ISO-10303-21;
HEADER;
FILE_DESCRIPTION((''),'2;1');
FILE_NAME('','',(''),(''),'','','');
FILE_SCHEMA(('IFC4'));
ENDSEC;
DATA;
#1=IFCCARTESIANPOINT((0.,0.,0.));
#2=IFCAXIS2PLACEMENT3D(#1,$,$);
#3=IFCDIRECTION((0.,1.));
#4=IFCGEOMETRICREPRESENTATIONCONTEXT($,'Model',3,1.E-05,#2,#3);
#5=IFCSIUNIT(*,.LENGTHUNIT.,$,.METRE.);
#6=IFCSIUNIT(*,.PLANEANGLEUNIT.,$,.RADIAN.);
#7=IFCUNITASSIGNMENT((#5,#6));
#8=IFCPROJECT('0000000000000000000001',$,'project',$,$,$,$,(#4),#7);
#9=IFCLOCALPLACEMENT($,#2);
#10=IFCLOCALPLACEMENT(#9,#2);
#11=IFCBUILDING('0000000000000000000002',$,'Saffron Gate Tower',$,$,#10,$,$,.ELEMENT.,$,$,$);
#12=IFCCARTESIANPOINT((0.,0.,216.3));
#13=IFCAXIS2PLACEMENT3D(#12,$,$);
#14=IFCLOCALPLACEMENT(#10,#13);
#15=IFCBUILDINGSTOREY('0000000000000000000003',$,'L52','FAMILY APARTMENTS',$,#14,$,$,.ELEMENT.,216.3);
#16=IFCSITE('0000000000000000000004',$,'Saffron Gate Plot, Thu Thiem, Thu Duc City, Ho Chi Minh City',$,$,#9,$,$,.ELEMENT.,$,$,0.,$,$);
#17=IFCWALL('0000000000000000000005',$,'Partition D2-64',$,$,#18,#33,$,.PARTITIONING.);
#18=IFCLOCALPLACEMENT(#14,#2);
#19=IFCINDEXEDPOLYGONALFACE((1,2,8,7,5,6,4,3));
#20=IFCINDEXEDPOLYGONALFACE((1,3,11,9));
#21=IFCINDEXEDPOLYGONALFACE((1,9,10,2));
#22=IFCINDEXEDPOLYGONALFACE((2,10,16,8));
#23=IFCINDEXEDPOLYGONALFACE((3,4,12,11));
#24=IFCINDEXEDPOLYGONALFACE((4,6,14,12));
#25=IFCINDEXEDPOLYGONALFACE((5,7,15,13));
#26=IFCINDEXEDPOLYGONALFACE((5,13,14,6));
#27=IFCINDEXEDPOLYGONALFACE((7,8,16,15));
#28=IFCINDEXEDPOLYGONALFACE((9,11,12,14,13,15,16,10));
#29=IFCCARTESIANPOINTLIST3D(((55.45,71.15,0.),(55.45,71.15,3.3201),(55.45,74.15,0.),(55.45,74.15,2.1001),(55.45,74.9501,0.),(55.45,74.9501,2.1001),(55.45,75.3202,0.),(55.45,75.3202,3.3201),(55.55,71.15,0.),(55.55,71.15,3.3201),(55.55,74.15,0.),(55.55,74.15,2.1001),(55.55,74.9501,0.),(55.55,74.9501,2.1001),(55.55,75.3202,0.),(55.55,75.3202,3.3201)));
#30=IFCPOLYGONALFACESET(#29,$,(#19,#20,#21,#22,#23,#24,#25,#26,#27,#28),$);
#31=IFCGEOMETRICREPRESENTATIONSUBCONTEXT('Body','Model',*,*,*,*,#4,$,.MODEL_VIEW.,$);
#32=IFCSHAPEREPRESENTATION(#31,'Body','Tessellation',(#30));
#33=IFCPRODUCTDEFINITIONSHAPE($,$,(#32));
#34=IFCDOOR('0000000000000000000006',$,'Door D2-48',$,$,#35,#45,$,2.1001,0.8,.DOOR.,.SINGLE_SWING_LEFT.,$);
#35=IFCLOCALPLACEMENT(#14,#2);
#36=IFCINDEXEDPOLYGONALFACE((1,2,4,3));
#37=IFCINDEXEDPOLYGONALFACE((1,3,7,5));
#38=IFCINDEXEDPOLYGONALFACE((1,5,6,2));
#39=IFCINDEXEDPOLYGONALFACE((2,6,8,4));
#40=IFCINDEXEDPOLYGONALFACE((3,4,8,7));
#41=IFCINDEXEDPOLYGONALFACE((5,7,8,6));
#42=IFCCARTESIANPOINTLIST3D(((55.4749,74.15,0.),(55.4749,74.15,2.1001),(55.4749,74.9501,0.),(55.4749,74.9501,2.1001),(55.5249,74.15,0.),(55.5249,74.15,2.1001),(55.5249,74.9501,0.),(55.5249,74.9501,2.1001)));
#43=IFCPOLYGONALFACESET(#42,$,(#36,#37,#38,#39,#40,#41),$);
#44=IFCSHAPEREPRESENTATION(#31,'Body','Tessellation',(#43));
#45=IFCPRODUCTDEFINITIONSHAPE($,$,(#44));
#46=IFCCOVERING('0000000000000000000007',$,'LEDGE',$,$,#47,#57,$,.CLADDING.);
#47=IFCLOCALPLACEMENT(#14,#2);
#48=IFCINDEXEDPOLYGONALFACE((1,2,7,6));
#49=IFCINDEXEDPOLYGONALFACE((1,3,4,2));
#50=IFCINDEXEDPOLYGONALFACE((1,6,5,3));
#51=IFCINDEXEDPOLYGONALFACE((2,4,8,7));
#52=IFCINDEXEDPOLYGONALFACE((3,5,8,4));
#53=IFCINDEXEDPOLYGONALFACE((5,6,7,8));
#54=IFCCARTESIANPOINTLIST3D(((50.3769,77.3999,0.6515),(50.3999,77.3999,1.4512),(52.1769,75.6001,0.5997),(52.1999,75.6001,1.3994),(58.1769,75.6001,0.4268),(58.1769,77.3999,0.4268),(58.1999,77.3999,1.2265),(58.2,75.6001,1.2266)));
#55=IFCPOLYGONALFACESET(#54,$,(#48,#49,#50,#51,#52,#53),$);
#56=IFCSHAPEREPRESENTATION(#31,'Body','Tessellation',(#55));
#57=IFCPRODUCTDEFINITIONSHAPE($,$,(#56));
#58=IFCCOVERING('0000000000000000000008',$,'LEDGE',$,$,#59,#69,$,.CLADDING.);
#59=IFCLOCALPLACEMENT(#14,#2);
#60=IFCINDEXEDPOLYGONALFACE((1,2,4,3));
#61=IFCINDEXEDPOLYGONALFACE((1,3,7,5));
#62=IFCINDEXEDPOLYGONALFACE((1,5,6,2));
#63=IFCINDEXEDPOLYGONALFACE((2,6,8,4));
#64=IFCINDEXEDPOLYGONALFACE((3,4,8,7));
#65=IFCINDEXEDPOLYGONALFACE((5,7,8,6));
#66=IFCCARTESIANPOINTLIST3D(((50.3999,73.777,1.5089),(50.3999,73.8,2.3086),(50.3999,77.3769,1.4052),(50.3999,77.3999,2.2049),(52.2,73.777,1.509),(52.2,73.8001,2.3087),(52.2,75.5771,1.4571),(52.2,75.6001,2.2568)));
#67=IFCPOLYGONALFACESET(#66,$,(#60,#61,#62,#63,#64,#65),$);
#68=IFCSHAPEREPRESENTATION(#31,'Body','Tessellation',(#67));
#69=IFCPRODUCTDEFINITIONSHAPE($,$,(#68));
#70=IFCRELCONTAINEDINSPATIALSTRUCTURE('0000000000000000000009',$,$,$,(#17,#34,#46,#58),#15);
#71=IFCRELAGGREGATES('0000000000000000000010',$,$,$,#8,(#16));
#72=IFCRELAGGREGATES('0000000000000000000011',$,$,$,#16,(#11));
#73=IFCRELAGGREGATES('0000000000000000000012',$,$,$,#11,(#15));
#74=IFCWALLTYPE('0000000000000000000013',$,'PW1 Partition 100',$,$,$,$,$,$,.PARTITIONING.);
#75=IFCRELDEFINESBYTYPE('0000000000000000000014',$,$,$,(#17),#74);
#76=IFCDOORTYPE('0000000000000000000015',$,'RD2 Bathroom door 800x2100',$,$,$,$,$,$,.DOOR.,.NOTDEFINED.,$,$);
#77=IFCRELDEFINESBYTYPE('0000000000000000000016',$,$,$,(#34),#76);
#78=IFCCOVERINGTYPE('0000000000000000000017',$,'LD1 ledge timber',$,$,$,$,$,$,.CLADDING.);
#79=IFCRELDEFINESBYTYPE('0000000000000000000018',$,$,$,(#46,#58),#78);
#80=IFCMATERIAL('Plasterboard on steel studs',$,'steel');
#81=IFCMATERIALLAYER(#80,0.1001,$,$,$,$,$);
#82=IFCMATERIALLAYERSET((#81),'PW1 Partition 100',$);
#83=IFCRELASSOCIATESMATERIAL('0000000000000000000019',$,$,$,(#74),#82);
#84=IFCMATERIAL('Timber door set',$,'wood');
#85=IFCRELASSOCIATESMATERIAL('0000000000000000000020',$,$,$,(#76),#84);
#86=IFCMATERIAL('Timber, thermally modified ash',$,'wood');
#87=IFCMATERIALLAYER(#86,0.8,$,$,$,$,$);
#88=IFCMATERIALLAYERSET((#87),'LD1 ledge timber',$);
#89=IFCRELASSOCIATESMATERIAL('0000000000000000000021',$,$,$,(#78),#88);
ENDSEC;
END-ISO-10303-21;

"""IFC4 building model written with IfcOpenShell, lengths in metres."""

from ifc_helpers import new_model, si_unit, direction, frame, frame_2d, origin, place, context, subcontext, project, spatial, polyline, rectangle, outline, extrude, material, layer, layer_set, type_object, element, fill, save


model = new_model("IFC4")

# Units and contexts
model_context = context("Model", 3, precision=1e-05, world=origin(), true_north=direction((0.0, 1.0)))
body_context = subcontext(model_context, "Body", "Model", "MODEL_VIEW")
ifc_project = project(units=[si_unit("LENGTHUNIT", "METRE"), si_unit("PLANEANGLEUNIT", "RADIAN")], contexts=[model_context])

# Site, building, storey
site_placement = place(None, origin())
site = spatial("IfcSite", under=ifc_project, at=site_placement, Name="Saffron Gate Plot, Thu Thiem, Thu Duc City, Ho Chi Minh City", CompositionType="ELEMENT", RefElevation=0.0)
building_placement = place(site_placement, origin())
building = spatial("IfcBuilding", under=site, at=building_placement, Name="Saffron Gate Tower", CompositionType="ELEMENT")
storey_placement = place(building_placement, frame((0.0, 0.0, 216.3)))
storey = spatial("IfcBuildingStorey", under=building, at=storey_placement, Name="L52", Description="FAMILY APARTMENTS", CompositionType="ELEMENT", Elevation=216.3)

# Shared definitions
ifc_material_1 = material(Name="Plasterboard on steel studs", Category="steel")
ifc_layer_1 = layer(ifc_material_1, 0.1001)
ifc_layer_set_1 = layer_set([ifc_layer_1], Name="PW1 Partition 100")
wall_type = type_object("IfcWallType", Name="PW1 Partition 100", PredefinedType="PARTITIONING", material=ifc_layer_set_1)
ifc_material_2 = material(Name="Timber door set", Category="wood")
door_type = type_object("IfcDoorType", Name="RD2 Bathroom door 800x2100", OperationType="NOTDEFINED", PredefinedType="DOOR", material=ifc_material_2)

# Wall, opening, door
wall_1_placement = place(storey_placement, frame((55.5, 75.3201, 0.0), z_axis=(0.0, 0.0, 1.0), x_axis=(0.0, -1.0, 0.0)))
wall_1 = element("IfcWall", 1, at=wall_1_placement, inside=storey, type_object=wall_type, Name="Partition D2-64", PredefinedType="PARTITIONING", context=body_context, shape_type="SweptSolid", body=[
    extrude(rectangle(XDim=4.1702, YDim=0.1001, at=frame_2d((2.085, 0.0))), origin(), (0.0, 0.0, 1.0), 3.3201),
])
opening_1_placement = place(wall_1_placement, frame((0.3701, 0.0, 0.0)))
opening_1 = element("IfcOpeningElement", 2, at=opening_1_placement, cuts=wall_1, PredefinedType="OPENING", context=body_context, shape_type="SweptSolid", body=[
    extrude(rectangle(XDim=0.8, YDim=2.1001, at=frame_2d((0.3999, 1.05))), frame((0.0, 0.0601, 0.0), z_axis=(0.0, -1.0, 0.0), x_axis=(1.0, 0.0, 0.0)), (0.0, 0.0, 1.0), 0.1201),
])
door_1_placement = place(opening_1_placement, origin())
door_1 = element("IfcDoor", 3, at=door_1_placement, inside=storey, type_object=door_type, Name="Door D2-48", OperationType="SINGLE_SWING_LEFT", OverallHeight=2.1001, OverallWidth=0.8, PredefinedType="DOOR", context=body_context, shape_type="SweptSolid", body=[
    extrude(rectangle(XDim=0.8, YDim=2.1001, at=frame_2d((0.3999, 1.05))), frame((0.0, 0.0249, 0.0), z_axis=(0.0, -1.0, 0.0), x_axis=(1.0, 0.0, 0.0)), (0.0, 0.0, 1.0), 0.05),
])
fill(opening_1, door_1)

# Coverings
ifc_material_3 = material(Name="Timber, thermally modified ash", Category="wood")
ifc_layer_2 = layer(ifc_material_3, 0.8)
ifc_layer_set_2 = layer_set([ifc_layer_2], Name="LD1 ledge timber")
covering_type = type_object("IfcCoveringType", Name="LD1 ledge timber", PredefinedType="CLADDING", material=ifc_layer_set_2)
covering_1_placement = place(storey_placement, frame((58.2, 75.6001, 1.2266), z_axis=(0.028789, 0.000024, 0.999585), x_axis=(-0.999585, 0.0, 0.028789)))
element("IfcCovering", 4, at=covering_1_placement, inside=storey, type_object=covering_type, Name="LEDGE", PredefinedType="CLADDING", context=body_context, shape_type="SweptSolid", body=[
    extrude(outline(polyline([(0.0, 0.0), (6.0025, 0.0), (7.8033, -1.7998), (0.0, -1.7998), (0.0, 0.0)])), origin(), (0.0, 0.0, -1.0), 0.8),
])
covering_2_placement = place(storey_placement, frame((52.2, 75.6001, 2.2568), z_axis=(-0.000046, 0.028788, 0.999586), x_axis=(0.0, -0.999586, 0.028788)))
element("IfcCovering", 5, at=covering_2_placement, inside=storey, type_object=covering_type, Name="LEDGE", PredefinedType="CLADDING", context=body_context, shape_type="SweptSolid", body=[
    extrude(outline(polyline([(0.0, 0.0), (1.8008, 0.0), (1.8008, -1.8), (-1.8006, -1.8), (0.0, 0.0)])), origin(), (0.0, 0.0, -1.0), 0.8),
])

save(model, "model.ifc")
